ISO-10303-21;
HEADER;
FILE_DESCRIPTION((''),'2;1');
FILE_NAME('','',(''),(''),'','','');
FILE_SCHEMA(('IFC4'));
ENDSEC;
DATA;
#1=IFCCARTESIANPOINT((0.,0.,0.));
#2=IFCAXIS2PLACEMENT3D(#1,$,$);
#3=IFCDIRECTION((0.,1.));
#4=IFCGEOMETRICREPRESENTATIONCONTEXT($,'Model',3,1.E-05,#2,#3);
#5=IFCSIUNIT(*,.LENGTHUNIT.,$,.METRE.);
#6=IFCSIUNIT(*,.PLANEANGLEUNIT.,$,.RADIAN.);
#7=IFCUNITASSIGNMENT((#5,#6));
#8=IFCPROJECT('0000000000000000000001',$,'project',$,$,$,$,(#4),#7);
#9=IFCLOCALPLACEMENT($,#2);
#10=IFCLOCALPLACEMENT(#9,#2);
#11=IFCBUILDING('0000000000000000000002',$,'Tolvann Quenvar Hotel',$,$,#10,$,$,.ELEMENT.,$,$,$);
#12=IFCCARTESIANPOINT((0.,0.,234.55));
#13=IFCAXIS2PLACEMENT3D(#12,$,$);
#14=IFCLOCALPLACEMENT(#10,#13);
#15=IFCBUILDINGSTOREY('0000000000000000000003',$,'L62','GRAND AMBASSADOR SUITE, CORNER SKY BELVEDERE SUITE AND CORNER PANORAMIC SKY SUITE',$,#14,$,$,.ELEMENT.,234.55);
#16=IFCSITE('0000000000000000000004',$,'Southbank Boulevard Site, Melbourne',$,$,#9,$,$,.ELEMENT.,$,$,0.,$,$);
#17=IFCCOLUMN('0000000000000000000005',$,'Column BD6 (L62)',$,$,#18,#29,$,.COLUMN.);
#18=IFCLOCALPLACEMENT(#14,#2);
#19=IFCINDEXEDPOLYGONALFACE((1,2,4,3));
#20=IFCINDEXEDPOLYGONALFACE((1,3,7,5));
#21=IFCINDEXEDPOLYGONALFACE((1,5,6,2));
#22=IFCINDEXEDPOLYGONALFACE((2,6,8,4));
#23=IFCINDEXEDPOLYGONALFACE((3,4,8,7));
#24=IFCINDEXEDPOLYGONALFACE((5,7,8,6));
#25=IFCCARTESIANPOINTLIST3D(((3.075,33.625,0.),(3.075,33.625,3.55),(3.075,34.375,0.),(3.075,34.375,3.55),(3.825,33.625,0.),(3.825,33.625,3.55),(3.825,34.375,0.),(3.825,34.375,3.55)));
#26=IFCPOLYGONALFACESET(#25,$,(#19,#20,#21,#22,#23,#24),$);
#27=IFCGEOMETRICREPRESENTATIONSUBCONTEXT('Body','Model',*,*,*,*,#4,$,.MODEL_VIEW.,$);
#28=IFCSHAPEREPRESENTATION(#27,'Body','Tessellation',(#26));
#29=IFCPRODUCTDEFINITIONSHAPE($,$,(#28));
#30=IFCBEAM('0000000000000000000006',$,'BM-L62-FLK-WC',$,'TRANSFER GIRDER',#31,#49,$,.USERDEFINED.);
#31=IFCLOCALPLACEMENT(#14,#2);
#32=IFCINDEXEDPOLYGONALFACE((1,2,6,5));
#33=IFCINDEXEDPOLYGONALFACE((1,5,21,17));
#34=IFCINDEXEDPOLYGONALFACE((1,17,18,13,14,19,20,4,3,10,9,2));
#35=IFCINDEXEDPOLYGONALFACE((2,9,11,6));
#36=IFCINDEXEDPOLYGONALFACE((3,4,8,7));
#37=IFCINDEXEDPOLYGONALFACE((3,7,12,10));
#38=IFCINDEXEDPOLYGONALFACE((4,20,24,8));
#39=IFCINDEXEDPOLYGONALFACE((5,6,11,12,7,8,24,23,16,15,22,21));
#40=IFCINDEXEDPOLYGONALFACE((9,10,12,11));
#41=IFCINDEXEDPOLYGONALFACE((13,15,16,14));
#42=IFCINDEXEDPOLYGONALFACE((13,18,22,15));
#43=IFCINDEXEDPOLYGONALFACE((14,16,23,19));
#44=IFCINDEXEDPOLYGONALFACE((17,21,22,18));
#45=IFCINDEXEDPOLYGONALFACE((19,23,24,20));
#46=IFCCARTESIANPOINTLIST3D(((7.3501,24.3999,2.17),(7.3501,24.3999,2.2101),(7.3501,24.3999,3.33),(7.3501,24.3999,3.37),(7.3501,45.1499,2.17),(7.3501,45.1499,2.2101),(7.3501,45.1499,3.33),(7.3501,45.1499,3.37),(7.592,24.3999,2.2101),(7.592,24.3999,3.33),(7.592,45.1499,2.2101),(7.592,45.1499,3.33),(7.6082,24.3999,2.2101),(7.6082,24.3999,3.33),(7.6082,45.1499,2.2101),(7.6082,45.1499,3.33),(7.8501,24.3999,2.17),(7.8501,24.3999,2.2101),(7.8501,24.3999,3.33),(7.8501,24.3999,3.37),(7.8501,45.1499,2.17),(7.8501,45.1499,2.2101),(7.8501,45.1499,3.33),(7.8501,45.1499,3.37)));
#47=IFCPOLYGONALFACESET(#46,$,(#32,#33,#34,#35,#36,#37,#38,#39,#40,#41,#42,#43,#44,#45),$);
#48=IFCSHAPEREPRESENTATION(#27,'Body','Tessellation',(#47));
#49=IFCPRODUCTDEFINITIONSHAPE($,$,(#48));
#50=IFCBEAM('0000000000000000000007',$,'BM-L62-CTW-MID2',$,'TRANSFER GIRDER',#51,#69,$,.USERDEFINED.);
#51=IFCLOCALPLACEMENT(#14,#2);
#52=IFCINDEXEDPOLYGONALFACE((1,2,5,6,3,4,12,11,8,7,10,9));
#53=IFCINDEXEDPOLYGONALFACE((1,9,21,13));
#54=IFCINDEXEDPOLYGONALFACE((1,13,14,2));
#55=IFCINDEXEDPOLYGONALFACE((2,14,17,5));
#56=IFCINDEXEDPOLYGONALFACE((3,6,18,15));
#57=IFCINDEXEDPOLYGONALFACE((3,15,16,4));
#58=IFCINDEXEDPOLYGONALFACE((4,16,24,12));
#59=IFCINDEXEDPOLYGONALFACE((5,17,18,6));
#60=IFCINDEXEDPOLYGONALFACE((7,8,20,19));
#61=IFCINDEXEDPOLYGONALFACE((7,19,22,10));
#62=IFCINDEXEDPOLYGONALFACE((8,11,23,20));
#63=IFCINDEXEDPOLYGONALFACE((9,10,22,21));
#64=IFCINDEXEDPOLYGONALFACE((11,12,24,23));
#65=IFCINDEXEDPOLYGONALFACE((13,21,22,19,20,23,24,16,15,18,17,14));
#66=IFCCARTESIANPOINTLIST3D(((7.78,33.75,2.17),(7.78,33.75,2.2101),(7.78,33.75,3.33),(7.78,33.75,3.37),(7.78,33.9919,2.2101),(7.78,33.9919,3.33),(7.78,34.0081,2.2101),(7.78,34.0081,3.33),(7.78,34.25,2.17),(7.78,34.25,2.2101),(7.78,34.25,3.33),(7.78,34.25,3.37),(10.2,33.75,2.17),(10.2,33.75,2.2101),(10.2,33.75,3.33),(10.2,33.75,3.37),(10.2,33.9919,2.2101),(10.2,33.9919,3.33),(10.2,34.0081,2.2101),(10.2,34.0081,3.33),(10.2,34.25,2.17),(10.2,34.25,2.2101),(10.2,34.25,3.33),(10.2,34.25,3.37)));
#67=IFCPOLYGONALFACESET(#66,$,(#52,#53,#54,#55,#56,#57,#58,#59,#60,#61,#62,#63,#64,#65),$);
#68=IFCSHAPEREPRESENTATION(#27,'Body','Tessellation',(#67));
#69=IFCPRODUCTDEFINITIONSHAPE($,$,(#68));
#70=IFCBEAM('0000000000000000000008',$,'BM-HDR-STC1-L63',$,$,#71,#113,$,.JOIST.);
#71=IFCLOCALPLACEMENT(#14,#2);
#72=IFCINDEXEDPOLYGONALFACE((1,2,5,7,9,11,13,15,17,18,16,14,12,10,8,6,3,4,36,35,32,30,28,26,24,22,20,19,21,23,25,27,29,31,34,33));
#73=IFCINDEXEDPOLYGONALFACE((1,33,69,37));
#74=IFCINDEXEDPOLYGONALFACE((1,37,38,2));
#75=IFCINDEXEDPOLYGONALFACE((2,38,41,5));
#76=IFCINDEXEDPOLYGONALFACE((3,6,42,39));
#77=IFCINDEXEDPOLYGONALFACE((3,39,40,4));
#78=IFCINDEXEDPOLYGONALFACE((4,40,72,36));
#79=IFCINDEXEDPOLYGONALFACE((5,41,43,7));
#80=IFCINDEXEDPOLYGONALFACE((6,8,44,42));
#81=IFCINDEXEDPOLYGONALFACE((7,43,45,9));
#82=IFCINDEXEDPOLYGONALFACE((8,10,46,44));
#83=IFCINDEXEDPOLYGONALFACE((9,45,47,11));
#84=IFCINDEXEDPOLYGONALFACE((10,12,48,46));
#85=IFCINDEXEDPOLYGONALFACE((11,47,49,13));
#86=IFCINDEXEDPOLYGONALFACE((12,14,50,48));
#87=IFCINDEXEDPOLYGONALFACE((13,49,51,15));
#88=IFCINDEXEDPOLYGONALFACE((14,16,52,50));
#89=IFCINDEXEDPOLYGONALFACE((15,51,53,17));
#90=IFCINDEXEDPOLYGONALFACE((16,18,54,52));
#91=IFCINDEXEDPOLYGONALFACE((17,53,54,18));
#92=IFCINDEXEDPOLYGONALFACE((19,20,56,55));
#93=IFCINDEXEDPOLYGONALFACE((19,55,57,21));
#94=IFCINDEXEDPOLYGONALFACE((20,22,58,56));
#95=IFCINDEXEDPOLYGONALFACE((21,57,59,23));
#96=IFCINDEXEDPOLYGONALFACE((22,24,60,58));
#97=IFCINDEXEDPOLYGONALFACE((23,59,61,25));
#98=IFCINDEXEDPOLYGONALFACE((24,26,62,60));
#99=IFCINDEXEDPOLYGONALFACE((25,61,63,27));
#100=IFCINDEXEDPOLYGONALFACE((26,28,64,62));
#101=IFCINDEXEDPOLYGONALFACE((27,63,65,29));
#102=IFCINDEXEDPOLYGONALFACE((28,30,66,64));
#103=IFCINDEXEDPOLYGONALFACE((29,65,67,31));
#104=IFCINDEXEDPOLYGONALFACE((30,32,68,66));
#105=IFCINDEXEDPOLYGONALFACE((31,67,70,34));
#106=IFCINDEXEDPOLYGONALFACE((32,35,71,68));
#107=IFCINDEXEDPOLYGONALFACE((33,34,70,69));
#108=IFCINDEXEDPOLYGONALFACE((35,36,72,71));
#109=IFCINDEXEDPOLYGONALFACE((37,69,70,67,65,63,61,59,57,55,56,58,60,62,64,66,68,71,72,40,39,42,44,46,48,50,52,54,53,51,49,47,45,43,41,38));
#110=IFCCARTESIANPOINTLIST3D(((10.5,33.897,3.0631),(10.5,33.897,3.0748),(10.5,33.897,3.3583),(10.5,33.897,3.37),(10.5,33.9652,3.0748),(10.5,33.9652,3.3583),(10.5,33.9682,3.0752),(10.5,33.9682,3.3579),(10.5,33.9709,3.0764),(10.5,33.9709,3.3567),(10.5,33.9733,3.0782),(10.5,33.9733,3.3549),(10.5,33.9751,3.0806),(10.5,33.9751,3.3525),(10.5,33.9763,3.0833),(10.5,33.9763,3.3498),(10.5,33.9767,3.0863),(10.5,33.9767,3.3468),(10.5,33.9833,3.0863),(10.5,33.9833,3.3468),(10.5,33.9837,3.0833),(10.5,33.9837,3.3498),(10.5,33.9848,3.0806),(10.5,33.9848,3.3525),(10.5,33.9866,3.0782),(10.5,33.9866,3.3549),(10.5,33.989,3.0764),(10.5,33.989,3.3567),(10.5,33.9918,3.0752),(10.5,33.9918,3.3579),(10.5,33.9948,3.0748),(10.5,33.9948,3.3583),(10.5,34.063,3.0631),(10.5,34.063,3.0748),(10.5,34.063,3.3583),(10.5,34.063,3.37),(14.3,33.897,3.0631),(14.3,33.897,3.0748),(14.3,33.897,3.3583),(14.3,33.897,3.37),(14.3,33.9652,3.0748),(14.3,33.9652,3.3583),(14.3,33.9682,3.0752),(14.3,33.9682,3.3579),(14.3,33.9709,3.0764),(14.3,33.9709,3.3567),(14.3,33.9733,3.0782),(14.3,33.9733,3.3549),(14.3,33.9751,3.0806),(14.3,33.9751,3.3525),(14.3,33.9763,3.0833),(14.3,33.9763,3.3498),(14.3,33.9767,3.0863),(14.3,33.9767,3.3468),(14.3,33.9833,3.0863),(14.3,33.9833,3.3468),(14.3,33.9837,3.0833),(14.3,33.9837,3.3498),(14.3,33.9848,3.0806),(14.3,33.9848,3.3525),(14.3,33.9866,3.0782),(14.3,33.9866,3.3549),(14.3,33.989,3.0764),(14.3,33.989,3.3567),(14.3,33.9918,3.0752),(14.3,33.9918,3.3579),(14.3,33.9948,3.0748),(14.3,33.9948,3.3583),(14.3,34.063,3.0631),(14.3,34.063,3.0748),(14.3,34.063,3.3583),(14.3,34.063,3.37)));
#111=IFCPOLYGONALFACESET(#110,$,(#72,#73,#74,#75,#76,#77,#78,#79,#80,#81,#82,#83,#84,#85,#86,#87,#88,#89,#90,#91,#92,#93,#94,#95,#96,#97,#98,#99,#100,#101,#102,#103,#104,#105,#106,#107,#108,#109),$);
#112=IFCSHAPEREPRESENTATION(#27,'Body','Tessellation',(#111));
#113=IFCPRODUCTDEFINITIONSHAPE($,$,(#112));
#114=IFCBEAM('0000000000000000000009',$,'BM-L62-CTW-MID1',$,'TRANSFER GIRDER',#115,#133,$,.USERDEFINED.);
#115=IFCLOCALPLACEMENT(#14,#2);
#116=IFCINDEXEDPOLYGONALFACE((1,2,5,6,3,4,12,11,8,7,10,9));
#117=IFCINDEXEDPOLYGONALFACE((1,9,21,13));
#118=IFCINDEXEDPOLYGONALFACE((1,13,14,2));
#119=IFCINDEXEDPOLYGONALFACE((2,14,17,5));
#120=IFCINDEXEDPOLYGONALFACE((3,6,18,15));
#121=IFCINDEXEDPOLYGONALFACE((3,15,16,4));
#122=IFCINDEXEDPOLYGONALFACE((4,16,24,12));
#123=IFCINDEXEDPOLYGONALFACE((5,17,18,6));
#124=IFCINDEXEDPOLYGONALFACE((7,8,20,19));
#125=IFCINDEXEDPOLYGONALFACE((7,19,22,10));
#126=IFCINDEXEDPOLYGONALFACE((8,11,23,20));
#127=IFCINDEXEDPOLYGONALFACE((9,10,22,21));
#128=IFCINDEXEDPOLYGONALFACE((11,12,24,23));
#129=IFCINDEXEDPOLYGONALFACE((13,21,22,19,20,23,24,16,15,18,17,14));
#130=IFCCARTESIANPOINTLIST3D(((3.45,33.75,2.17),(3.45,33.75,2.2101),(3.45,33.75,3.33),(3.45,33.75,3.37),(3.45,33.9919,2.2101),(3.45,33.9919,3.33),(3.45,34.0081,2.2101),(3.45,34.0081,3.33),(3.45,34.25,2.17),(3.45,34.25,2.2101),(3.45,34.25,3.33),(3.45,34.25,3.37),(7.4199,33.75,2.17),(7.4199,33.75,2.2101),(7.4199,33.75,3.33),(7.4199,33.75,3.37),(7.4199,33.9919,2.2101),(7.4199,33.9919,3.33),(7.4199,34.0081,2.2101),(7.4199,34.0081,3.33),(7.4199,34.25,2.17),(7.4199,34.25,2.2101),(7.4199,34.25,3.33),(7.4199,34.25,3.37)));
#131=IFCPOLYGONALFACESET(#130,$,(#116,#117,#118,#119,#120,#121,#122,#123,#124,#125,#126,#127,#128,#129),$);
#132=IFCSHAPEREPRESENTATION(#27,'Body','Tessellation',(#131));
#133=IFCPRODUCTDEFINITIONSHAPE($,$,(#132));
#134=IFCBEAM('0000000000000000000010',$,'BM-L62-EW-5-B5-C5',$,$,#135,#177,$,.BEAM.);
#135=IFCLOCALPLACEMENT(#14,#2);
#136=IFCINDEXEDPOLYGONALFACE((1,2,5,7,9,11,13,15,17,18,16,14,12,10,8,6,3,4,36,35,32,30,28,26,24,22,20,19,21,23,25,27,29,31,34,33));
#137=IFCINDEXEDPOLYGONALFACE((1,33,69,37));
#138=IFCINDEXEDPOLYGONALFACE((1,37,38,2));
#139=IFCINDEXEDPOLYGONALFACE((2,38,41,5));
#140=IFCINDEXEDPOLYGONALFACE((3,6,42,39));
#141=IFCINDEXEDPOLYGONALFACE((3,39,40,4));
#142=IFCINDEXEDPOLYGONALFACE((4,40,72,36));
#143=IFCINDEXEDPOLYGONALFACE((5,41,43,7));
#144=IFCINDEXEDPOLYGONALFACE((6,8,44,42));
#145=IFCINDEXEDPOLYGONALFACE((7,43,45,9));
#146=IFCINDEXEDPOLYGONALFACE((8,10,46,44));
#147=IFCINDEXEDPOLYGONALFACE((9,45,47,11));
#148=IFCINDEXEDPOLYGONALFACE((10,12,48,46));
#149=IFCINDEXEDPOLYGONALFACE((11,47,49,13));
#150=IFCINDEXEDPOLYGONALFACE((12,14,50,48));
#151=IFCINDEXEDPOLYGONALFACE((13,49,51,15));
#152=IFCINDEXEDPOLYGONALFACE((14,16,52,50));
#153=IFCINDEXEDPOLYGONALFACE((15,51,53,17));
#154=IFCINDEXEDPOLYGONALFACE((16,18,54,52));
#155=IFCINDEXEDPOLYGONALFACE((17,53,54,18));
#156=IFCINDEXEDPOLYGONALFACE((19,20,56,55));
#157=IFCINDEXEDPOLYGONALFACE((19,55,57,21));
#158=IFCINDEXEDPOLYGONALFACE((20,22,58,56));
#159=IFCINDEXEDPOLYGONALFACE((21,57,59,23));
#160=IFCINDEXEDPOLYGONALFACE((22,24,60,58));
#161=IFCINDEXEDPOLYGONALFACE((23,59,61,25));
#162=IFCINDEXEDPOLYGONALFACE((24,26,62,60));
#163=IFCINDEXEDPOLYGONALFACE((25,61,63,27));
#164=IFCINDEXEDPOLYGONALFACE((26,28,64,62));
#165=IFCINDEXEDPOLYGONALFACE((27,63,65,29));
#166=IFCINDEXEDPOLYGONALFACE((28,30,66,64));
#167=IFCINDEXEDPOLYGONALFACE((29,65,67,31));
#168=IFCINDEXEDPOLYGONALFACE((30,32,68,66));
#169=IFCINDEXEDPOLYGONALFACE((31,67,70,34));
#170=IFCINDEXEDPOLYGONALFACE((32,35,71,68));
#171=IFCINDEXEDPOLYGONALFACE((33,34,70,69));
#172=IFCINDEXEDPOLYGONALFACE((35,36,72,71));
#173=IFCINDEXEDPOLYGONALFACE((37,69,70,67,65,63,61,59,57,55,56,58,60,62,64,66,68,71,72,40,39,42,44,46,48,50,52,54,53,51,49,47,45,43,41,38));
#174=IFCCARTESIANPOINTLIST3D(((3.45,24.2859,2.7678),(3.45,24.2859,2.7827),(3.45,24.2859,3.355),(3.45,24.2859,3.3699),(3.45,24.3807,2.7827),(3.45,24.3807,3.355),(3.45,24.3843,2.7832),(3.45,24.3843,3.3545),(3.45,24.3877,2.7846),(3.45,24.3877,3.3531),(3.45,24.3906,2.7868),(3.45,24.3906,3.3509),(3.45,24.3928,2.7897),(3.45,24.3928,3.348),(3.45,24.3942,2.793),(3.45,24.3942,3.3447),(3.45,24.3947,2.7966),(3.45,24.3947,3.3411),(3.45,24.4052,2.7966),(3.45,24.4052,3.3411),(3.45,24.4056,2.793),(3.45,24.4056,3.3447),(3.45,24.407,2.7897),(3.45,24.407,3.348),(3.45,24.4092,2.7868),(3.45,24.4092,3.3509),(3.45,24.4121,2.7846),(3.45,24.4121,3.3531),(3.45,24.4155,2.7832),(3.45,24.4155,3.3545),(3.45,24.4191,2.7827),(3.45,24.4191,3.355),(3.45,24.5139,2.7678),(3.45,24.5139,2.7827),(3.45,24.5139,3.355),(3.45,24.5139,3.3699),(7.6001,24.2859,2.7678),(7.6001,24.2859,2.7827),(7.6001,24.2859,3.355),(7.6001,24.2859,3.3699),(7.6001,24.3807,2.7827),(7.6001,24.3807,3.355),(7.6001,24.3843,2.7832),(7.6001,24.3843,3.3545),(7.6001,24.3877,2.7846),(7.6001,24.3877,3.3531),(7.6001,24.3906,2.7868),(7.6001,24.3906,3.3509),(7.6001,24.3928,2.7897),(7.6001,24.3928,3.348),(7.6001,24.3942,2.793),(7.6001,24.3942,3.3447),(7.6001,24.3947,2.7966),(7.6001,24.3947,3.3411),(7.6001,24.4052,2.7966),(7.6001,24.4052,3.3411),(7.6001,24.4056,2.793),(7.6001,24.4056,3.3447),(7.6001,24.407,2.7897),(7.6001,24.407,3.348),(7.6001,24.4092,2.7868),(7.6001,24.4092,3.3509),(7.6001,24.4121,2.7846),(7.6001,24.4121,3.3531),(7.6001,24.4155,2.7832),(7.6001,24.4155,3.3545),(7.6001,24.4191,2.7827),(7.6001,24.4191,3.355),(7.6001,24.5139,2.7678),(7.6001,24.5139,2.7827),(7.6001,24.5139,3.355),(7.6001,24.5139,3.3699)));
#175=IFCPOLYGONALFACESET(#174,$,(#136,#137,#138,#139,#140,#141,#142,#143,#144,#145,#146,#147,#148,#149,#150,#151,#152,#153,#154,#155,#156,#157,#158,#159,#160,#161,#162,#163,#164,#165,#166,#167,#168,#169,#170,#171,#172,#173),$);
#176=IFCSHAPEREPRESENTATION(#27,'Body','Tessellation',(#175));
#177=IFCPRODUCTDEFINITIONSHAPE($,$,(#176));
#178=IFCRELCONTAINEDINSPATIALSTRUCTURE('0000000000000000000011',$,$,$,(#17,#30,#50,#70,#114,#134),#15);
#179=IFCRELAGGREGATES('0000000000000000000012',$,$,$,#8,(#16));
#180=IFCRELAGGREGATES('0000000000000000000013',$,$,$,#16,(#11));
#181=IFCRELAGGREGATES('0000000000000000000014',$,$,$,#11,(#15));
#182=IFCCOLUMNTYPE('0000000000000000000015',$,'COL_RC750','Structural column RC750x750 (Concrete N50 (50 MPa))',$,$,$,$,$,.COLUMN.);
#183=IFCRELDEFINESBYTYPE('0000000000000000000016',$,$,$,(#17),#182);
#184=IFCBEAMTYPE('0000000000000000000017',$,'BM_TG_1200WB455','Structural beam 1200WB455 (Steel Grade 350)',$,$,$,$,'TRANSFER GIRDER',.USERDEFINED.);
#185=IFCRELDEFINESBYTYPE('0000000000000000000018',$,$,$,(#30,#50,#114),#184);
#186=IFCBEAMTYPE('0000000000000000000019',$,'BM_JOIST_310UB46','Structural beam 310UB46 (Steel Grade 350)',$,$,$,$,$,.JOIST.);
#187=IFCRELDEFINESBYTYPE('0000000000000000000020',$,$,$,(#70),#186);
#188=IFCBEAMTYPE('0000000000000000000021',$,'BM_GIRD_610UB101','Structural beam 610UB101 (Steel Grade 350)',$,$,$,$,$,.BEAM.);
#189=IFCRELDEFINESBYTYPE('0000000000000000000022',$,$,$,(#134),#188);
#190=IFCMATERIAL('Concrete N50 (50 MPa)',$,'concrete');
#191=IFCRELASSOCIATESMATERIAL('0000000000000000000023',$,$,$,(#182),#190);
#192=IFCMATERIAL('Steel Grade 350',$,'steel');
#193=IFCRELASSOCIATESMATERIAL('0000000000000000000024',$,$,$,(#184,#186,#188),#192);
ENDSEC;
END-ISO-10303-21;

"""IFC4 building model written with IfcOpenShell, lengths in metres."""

from ifc_helpers import new_model, si_unit, direction, frame, origin, origin_2d, place, context, subcontext, project, spatial, rectangle, i_section, extrude, source, transform, mapped, material, material_profile, profile_set, type_object, type_shapes, element, save


model = new_model("IFC4")

# Units and contexts
model_context = context("Model", 3, precision=1e-05, world=origin(), true_north=direction((0.0, 1.0)))
body_context = subcontext(model_context, "Body", "Model", "MODEL_VIEW")
ifc_project = project(units=[si_unit("LENGTHUNIT", "METRE"), si_unit("PLANEANGLEUNIT", "RADIAN")], contexts=[model_context])

# Site, building, storey
site_placement = place(None, origin())
site = spatial("IfcSite", under=ifc_project, at=site_placement, Name="Southbank Boulevard Site, Melbourne", CompositionType="ELEMENT", RefElevation=0.0)
building_placement = place(site_placement, origin())
building = spatial("IfcBuilding", under=site, at=building_placement, Name="Tolvann Quenvar Hotel", CompositionType="ELEMENT")
storey_placement = place(building_placement, frame((0.0, 0.0, 234.55)))
storey = spatial("IfcBuildingStorey", under=building, at=storey_placement, Name="L62", Description="GRAND AMBASSADOR SUITE, CORNER SKY BELVEDERE SUITE AND CORNER PANORAMIC SKY SUITE", CompositionType="ELEMENT", Elevation=234.55)

# Column
ifc_material_1 = material(Name="Concrete N50 (50 MPa)", Category="concrete")
ifc_material_profile_1 = material_profile(ifc_material_1, rectangle(XDim=0.75, YDim=0.75, at=origin_2d()), Name="RC750x750")
ifc_profile_set_1 = profile_set([ifc_material_profile_1], Name="Concrete N50 (50 MPa)")
column_type = type_object("IfcColumnType", Name="COL_RC750", Description="Structural column RC750x750 (Concrete N50 (50 MPa))", PredefinedType="COLUMN", material=ifc_profile_set_1)
shared_shape_1 = source(origin(), body_context, "Body", "SweptSolid", [
    extrude(rectangle(XDim=0.75, YDim=0.75, at=origin_2d()), origin(), (0.0, 0.0, 1.0), 3.55),
])
type_shapes(column_type, [shared_shape_1])
column_placement = place(storey_placement, frame((3.45, 34.0, 0.0), z_axis=(0.0, 0.0, 1.0), x_axis=(1.0, 0.0, 0.0)))
element("IfcColumn", 1, at=column_placement, inside=storey, type_object=column_type, Name="Column BD6 (L62)", PredefinedType="COLUMN", context=body_context, shape_type="MappedRepresentation", body=[
    mapped(shared_shape_1, transform((0.0, 0.0, 0.0), x_axis=(1.0, 0.0, 0.0), y_axis=(0.0, 1.0, 0.0), z_axis=(0.0, 0.0, 1.0), scale=1.0)),
])

# Beams
ifc_material_2 = material(Name="Steel Grade 350", Category="steel")
ifc_material_profile_2 = material_profile(ifc_material_2, i_section(OverallWidth=0.5, OverallDepth=1.2, WebThickness=0.0161, FlangeThickness=0.04, at=origin_2d()), Name="1200WB455")
ifc_profile_set_2 = profile_set([ifc_material_profile_2], Name="Steel Grade 350")
beam_type_1 = type_object("IfcBeamType", Name="BM_TG_1200WB455", Description="Structural beam 1200WB455 (Steel Grade 350)", ElementType="TRANSFER GIRDER", PredefinedType="USERDEFINED", material=ifc_profile_set_2)
shared_shape_2 = source(origin(), body_context, "Body", "SweptSolid", [
    extrude(i_section(OverallWidth=0.5, OverallDepth=1.2, WebThickness=0.0161, FlangeThickness=0.04, at=origin_2d()), origin(), (0.0, 0.0, 1.0), 20.75),
])
beam_1_placement = place(storey_placement, frame((7.6001, 24.3999, 2.77), z_axis=(0.0, 1.0, 0.0), x_axis=(-1.0, 0.0, 0.0)))
element("IfcBeam", 2, at=beam_1_placement, inside=storey, type_object=beam_type_1, Name="BM-L62-FLK-WC", ObjectType="TRANSFER GIRDER", PredefinedType="USERDEFINED", context=body_context, shape_type="MappedRepresentation", body=[
    mapped(shared_shape_2, transform((0.0, 0.0, 0.0), x_axis=(1.0, 0.0, 0.0), y_axis=(0.0, 1.0, 0.0), z_axis=(0.0, 0.0, 1.0), scale=1.0)),
])
shared_shape_3 = source(origin(), body_context, "Body", "SweptSolid", [
    extrude(i_section(OverallWidth=0.5, OverallDepth=1.2, WebThickness=0.0161, FlangeThickness=0.04, at=origin_2d()), origin(), (0.0, 0.0, 1.0), 2.4199),
])
beam_2_placement = place(storey_placement, frame((7.78, 34.0, 2.77), z_axis=(1.0, 0.0, 0.0), x_axis=(0.0, 1.0, 0.0)))
element("IfcBeam", 3, at=beam_2_placement, inside=storey, type_object=beam_type_1, Name="BM-L62-CTW-MID2", ObjectType="TRANSFER GIRDER", PredefinedType="USERDEFINED", context=body_context, shape_type="MappedRepresentation", body=[
    mapped(shared_shape_3, transform((0.0, 0.0, 0.0), x_axis=(1.0, 0.0, 0.0), y_axis=(0.0, 1.0, 0.0), z_axis=(0.0, 0.0, 1.0), scale=1.0)),
])
ifc_material_profile_3 = material_profile(ifc_material_2, i_section(OverallWidth=0.166, OverallDepth=0.3069, WebThickness=0.0066, FlangeThickness=0.0117, FilletRadius=0.0115, at=origin_2d()), Name="310UB46")
ifc_profile_set_3 = profile_set([ifc_material_profile_3], Name="Steel Grade 350")
beam_type_2 = type_object("IfcBeamType", Name="BM_JOIST_310UB46", Description="Structural beam 310UB46 (Steel Grade 350)", PredefinedType="JOIST", material=ifc_profile_set_3)
shared_shape_4 = source(origin(), body_context, "Body", "SweptSolid", [
    extrude(i_section(OverallWidth=0.166, OverallDepth=0.3069, WebThickness=0.0066, FlangeThickness=0.0117, FilletRadius=0.0115, at=origin_2d()), origin(), (0.0, 0.0, 1.0), 3.8),
])
type_shapes(beam_type_2, [shared_shape_4])
beam_3_placement = place(storey_placement, frame((10.5, 33.98, 3.2166), z_axis=(1.0, 0.0, 0.0), x_axis=(0.0, 1.0, 0.0)))
element("IfcBeam", 4, at=beam_3_placement, inside=storey, type_object=beam_type_2, Name="BM-HDR-STC1-L63", PredefinedType="JOIST", context=body_context, shape_type="MappedRepresentation", body=[
    mapped(shared_shape_4, transform((0.0, 0.0, 0.0), x_axis=(1.0, 0.0, 0.0), y_axis=(0.0, 1.0, 0.0), z_axis=(0.0, 0.0, 1.0), scale=1.0)),
])
shared_shape_5 = source(origin(), body_context, "Body", "SweptSolid", [
    extrude(i_section(OverallWidth=0.5, OverallDepth=1.2, WebThickness=0.0161, FlangeThickness=0.04, at=origin_2d()), origin(), (0.0, 0.0, 1.0), 3.97),
])
type_shapes(beam_type_1, [shared_shape_2, shared_shape_3, shared_shape_5])
beam_4_placement = place(storey_placement, frame((3.45, 34.0, 2.77), z_axis=(1.0, 0.0, 0.0), x_axis=(0.0, 1.0, 0.0)))
element("IfcBeam", 5, at=beam_4_placement, inside=storey, type_object=beam_type_1, Name="BM-L62-CTW-MID1", ObjectType="TRANSFER GIRDER", PredefinedType="USERDEFINED", context=body_context, shape_type="MappedRepresentation", body=[
    mapped(shared_shape_5, transform((0.0, 0.0, 0.0), x_axis=(1.0, 0.0, 0.0), y_axis=(0.0, 1.0, 0.0), z_axis=(0.0, 0.0, 1.0), scale=1.0)),
])
ifc_material_profile_4 = material_profile(ifc_material_2, i_section(OverallWidth=0.228, OverallDepth=0.6021, WebThickness=0.0105, FlangeThickness=0.0149, FilletRadius=0.0139, at=origin_2d()), Name="610UB101")
ifc_profile_set_4 = profile_set([ifc_material_profile_4], Name="Steel Grade 350")
beam_type_3 = type_object("IfcBeamType", Name="BM_GIRD_610UB101", Description="Structural beam 610UB101 (Steel Grade 350)", PredefinedType="BEAM", material=ifc_profile_set_4)
shared_shape_6 = source(origin(), body_context, "Body", "SweptSolid", [
    extrude(i_section(OverallWidth=0.228, OverallDepth=0.6021, WebThickness=0.0105, FlangeThickness=0.0149, FilletRadius=0.0139, at=origin_2d()), origin(), (0.0, 0.0, 1.0), 4.1501),
])
beam_5_placement = place(storey_placement, frame((3.45, 24.3999, 3.0688), z_axis=(1.0, 0.0, 0.0), x_axis=(0.0, 1.0, 0.0)))
element("IfcBeam", 6, at=beam_5_placement, inside=storey, type_object=beam_type_3, Name="BM-L62-EW-5-B5-C5", PredefinedType="BEAM", context=body_context, shape_type="MappedRepresentation", body=[
    mapped(shared_shape_6, transform((0.0, 0.0, 0.0), x_axis=(1.0, 0.0, 0.0), y_axis=(0.0, 1.0, 0.0), z_axis=(0.0, 0.0, 1.0), scale=1.0)),
])

save(model, "model.ifc")
